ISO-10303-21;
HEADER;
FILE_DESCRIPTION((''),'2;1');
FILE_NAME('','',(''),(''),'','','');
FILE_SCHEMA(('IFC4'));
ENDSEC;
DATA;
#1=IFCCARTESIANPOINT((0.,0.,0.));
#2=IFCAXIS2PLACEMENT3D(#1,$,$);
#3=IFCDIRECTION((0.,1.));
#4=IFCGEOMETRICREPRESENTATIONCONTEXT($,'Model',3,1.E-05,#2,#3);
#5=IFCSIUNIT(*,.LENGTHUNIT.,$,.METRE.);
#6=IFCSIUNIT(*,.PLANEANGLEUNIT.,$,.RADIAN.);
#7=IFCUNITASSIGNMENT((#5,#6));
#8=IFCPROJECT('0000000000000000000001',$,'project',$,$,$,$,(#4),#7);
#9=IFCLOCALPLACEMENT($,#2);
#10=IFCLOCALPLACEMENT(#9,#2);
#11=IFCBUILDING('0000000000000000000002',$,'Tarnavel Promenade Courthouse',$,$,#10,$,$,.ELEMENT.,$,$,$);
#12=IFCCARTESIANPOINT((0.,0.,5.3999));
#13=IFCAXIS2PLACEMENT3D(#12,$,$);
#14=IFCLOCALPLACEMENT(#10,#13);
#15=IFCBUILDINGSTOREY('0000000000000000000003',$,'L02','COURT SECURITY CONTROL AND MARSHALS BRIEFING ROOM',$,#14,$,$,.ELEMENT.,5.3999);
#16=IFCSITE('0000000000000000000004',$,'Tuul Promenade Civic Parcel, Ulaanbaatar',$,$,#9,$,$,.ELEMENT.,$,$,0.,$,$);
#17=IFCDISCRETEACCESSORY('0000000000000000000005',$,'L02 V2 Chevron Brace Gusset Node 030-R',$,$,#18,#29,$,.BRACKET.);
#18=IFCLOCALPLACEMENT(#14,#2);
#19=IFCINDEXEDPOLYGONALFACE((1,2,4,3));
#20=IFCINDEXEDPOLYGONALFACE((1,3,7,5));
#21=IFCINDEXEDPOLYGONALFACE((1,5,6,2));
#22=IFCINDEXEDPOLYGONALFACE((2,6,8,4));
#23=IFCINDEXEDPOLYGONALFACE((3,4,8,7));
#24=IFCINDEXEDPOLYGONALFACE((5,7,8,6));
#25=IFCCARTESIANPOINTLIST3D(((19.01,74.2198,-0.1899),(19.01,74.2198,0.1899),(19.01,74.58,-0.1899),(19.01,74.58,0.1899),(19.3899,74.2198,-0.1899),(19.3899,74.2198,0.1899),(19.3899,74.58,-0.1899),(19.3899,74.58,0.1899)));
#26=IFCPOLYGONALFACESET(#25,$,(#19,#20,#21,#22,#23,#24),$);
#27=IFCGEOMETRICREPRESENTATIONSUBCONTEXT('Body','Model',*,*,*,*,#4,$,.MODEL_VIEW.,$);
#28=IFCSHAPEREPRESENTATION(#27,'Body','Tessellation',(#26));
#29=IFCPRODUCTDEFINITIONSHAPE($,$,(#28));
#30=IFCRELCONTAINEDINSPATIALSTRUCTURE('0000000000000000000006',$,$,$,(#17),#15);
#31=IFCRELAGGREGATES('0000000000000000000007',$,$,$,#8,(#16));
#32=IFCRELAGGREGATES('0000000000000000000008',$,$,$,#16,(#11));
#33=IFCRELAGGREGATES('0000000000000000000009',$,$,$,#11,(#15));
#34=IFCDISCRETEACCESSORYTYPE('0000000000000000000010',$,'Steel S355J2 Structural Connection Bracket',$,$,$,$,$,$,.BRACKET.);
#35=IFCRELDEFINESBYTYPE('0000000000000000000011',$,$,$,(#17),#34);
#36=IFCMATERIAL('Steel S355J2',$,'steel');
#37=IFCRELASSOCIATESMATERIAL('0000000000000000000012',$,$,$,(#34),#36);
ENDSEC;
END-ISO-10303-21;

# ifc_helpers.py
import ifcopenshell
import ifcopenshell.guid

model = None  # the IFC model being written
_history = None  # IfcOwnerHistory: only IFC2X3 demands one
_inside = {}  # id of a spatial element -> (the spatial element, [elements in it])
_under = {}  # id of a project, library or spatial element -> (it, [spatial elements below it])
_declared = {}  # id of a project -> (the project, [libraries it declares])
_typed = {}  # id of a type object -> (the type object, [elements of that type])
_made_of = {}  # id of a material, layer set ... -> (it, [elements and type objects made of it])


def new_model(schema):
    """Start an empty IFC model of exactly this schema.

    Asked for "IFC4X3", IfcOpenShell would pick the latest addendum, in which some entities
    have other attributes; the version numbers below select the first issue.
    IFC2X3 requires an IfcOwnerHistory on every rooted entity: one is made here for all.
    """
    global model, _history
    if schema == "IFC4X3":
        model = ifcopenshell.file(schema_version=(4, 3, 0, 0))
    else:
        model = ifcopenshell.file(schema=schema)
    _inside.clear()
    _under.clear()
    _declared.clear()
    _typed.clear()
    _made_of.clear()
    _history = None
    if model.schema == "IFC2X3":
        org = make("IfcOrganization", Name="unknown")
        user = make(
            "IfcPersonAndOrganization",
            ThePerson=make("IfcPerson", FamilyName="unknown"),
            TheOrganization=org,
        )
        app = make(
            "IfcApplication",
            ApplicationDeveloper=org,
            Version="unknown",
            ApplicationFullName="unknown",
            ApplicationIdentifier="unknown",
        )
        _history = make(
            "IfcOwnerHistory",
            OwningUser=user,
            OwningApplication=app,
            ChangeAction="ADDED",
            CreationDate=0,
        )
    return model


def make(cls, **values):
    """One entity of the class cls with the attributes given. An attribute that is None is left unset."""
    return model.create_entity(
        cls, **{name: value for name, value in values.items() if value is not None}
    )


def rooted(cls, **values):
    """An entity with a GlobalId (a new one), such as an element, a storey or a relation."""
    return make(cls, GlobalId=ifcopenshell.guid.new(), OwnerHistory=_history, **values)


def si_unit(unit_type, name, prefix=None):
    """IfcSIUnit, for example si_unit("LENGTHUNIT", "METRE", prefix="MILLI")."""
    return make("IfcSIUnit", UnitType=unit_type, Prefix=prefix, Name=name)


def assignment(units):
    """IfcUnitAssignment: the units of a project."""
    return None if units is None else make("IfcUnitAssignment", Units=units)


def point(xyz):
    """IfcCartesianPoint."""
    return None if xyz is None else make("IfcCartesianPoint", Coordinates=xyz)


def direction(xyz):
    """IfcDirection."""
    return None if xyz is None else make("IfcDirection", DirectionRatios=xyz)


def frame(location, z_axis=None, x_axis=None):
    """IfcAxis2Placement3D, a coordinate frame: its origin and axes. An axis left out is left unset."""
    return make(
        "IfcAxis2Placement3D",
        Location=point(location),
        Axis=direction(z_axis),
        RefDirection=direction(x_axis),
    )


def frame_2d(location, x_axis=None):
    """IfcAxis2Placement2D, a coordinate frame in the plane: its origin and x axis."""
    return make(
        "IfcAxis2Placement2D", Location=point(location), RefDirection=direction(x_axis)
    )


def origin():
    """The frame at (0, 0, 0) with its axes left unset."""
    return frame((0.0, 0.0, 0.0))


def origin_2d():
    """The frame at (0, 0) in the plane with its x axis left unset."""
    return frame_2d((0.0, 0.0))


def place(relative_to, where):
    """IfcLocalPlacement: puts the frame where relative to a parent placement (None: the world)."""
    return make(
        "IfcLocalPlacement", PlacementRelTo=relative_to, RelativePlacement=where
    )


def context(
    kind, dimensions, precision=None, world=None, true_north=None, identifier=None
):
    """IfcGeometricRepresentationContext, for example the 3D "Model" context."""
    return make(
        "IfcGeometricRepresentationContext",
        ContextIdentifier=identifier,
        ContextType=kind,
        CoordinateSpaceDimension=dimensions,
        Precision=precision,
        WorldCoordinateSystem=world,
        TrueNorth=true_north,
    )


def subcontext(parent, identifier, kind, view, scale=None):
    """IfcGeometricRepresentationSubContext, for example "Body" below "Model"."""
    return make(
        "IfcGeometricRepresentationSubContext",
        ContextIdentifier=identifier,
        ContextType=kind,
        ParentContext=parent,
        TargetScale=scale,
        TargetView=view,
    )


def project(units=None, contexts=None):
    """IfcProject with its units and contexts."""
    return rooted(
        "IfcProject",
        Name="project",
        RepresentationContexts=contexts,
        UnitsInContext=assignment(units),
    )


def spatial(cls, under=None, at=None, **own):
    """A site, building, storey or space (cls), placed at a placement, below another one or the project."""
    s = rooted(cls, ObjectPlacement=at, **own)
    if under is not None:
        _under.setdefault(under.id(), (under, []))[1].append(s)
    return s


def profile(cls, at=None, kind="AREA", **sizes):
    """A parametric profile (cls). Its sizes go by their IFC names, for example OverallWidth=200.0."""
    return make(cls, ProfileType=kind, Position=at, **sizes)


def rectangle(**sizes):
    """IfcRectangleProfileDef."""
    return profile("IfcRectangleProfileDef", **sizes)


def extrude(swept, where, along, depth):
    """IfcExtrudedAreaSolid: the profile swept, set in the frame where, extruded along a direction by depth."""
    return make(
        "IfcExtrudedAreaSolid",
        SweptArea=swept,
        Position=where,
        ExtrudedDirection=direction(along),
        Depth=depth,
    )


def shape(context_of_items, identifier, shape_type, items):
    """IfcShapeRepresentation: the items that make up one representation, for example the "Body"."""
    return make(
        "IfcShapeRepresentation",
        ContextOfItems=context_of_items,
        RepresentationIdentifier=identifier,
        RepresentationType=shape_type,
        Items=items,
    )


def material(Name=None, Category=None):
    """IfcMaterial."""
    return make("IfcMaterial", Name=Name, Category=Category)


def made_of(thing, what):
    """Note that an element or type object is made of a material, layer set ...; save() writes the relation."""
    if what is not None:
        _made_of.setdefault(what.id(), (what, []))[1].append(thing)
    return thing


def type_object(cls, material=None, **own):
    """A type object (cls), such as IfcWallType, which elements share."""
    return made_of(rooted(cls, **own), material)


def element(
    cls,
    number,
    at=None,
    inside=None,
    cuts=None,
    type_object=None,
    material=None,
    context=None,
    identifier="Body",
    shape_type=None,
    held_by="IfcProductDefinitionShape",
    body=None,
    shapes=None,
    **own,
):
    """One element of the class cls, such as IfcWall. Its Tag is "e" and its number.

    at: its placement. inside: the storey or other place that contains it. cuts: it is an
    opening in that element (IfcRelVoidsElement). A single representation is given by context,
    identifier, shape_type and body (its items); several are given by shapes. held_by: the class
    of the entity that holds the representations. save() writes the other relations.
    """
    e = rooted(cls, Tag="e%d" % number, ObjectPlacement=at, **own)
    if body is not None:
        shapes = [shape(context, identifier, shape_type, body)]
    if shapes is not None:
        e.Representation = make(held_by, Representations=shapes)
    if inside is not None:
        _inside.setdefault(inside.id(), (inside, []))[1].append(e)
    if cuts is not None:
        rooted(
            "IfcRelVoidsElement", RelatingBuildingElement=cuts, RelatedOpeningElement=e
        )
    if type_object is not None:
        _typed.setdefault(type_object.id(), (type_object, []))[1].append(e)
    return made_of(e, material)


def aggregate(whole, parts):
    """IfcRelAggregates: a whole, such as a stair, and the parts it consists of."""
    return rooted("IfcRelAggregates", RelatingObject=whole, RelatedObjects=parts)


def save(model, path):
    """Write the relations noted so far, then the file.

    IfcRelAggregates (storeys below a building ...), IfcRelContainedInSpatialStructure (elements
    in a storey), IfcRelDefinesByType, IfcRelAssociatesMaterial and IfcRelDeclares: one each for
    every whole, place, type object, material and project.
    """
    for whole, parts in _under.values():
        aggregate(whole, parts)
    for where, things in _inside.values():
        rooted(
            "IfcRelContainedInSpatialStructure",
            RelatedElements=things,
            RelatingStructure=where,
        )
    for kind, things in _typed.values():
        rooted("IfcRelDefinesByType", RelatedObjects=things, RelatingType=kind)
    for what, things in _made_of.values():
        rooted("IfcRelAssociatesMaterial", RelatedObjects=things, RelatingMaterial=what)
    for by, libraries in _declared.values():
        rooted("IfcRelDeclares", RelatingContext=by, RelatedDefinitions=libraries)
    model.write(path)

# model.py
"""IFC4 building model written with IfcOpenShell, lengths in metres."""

from ifc_helpers import new_model, si_unit, direction, frame, origin, origin_2d, place, context, subcontext, project, spatial, rectangle, extrude, material, type_object, element, save


model = new_model("IFC4")

# Units and contexts
model_context = context("Model", 3, precision=1e-05, world=origin(), true_north=direction((0.0, 1.0)))
body_context = subcontext(model_context, "Body", "Model", "MODEL_VIEW")
ifc_project = project(units=[si_unit("LENGTHUNIT", "METRE"), si_unit("PLANEANGLEUNIT", "RADIAN")], contexts=[model_context])

# Site, building, storey
site_placement = place(None, origin())
site = spatial("IfcSite", under=ifc_project, at=site_placement, Name="Tuul Promenade Civic Parcel, Ulaanbaatar", CompositionType="ELEMENT", RefElevation=0.0)
building_placement = place(site_placement, origin())
building = spatial("IfcBuilding", under=site, at=building_placement, Name="Tarnavel Promenade Courthouse", CompositionType="ELEMENT")
storey_placement = place(building_placement, frame((0.0, 0.0, 5.3999)))
storey = spatial("IfcBuildingStorey", under=building, at=storey_placement, Name="L02", Description="COURT SECURITY CONTROL AND MARSHALS BRIEFING ROOM", CompositionType="ELEMENT", Elevation=5.3999)

# Shared definitions
ifc_material_1 = material(Name="Steel S355J2", Category="steel")

# Discrete accessory
discrete_accessory_type = type_object("IfcDiscreteAccessoryType", Name="Steel S355J2 Structural Connection Bracket", PredefinedType="BRACKET", material=ifc_material_1)
discrete_accessory_placement = place(storey_placement, frame((19.2, 74.3999, -0.1899), z_axis=(0.0, 0.0, 1.0), x_axis=(1.0, 0.0, 0.0)))
element("IfcDiscreteAccessory", 1, at=discrete_accessory_placement, inside=storey, type_object=discrete_accessory_type, Name="L02 V2 Chevron Brace Gusset Node 030-R", PredefinedType="BRACKET", context=body_context, shape_type="SweptSolid", body=[
    extrude(rectangle(XDim=0.3799, YDim=0.3601, at=origin_2d()), origin(), (0.0, 0.0, 1.0), 0.3799),
])

save(model, "model.ifc")
